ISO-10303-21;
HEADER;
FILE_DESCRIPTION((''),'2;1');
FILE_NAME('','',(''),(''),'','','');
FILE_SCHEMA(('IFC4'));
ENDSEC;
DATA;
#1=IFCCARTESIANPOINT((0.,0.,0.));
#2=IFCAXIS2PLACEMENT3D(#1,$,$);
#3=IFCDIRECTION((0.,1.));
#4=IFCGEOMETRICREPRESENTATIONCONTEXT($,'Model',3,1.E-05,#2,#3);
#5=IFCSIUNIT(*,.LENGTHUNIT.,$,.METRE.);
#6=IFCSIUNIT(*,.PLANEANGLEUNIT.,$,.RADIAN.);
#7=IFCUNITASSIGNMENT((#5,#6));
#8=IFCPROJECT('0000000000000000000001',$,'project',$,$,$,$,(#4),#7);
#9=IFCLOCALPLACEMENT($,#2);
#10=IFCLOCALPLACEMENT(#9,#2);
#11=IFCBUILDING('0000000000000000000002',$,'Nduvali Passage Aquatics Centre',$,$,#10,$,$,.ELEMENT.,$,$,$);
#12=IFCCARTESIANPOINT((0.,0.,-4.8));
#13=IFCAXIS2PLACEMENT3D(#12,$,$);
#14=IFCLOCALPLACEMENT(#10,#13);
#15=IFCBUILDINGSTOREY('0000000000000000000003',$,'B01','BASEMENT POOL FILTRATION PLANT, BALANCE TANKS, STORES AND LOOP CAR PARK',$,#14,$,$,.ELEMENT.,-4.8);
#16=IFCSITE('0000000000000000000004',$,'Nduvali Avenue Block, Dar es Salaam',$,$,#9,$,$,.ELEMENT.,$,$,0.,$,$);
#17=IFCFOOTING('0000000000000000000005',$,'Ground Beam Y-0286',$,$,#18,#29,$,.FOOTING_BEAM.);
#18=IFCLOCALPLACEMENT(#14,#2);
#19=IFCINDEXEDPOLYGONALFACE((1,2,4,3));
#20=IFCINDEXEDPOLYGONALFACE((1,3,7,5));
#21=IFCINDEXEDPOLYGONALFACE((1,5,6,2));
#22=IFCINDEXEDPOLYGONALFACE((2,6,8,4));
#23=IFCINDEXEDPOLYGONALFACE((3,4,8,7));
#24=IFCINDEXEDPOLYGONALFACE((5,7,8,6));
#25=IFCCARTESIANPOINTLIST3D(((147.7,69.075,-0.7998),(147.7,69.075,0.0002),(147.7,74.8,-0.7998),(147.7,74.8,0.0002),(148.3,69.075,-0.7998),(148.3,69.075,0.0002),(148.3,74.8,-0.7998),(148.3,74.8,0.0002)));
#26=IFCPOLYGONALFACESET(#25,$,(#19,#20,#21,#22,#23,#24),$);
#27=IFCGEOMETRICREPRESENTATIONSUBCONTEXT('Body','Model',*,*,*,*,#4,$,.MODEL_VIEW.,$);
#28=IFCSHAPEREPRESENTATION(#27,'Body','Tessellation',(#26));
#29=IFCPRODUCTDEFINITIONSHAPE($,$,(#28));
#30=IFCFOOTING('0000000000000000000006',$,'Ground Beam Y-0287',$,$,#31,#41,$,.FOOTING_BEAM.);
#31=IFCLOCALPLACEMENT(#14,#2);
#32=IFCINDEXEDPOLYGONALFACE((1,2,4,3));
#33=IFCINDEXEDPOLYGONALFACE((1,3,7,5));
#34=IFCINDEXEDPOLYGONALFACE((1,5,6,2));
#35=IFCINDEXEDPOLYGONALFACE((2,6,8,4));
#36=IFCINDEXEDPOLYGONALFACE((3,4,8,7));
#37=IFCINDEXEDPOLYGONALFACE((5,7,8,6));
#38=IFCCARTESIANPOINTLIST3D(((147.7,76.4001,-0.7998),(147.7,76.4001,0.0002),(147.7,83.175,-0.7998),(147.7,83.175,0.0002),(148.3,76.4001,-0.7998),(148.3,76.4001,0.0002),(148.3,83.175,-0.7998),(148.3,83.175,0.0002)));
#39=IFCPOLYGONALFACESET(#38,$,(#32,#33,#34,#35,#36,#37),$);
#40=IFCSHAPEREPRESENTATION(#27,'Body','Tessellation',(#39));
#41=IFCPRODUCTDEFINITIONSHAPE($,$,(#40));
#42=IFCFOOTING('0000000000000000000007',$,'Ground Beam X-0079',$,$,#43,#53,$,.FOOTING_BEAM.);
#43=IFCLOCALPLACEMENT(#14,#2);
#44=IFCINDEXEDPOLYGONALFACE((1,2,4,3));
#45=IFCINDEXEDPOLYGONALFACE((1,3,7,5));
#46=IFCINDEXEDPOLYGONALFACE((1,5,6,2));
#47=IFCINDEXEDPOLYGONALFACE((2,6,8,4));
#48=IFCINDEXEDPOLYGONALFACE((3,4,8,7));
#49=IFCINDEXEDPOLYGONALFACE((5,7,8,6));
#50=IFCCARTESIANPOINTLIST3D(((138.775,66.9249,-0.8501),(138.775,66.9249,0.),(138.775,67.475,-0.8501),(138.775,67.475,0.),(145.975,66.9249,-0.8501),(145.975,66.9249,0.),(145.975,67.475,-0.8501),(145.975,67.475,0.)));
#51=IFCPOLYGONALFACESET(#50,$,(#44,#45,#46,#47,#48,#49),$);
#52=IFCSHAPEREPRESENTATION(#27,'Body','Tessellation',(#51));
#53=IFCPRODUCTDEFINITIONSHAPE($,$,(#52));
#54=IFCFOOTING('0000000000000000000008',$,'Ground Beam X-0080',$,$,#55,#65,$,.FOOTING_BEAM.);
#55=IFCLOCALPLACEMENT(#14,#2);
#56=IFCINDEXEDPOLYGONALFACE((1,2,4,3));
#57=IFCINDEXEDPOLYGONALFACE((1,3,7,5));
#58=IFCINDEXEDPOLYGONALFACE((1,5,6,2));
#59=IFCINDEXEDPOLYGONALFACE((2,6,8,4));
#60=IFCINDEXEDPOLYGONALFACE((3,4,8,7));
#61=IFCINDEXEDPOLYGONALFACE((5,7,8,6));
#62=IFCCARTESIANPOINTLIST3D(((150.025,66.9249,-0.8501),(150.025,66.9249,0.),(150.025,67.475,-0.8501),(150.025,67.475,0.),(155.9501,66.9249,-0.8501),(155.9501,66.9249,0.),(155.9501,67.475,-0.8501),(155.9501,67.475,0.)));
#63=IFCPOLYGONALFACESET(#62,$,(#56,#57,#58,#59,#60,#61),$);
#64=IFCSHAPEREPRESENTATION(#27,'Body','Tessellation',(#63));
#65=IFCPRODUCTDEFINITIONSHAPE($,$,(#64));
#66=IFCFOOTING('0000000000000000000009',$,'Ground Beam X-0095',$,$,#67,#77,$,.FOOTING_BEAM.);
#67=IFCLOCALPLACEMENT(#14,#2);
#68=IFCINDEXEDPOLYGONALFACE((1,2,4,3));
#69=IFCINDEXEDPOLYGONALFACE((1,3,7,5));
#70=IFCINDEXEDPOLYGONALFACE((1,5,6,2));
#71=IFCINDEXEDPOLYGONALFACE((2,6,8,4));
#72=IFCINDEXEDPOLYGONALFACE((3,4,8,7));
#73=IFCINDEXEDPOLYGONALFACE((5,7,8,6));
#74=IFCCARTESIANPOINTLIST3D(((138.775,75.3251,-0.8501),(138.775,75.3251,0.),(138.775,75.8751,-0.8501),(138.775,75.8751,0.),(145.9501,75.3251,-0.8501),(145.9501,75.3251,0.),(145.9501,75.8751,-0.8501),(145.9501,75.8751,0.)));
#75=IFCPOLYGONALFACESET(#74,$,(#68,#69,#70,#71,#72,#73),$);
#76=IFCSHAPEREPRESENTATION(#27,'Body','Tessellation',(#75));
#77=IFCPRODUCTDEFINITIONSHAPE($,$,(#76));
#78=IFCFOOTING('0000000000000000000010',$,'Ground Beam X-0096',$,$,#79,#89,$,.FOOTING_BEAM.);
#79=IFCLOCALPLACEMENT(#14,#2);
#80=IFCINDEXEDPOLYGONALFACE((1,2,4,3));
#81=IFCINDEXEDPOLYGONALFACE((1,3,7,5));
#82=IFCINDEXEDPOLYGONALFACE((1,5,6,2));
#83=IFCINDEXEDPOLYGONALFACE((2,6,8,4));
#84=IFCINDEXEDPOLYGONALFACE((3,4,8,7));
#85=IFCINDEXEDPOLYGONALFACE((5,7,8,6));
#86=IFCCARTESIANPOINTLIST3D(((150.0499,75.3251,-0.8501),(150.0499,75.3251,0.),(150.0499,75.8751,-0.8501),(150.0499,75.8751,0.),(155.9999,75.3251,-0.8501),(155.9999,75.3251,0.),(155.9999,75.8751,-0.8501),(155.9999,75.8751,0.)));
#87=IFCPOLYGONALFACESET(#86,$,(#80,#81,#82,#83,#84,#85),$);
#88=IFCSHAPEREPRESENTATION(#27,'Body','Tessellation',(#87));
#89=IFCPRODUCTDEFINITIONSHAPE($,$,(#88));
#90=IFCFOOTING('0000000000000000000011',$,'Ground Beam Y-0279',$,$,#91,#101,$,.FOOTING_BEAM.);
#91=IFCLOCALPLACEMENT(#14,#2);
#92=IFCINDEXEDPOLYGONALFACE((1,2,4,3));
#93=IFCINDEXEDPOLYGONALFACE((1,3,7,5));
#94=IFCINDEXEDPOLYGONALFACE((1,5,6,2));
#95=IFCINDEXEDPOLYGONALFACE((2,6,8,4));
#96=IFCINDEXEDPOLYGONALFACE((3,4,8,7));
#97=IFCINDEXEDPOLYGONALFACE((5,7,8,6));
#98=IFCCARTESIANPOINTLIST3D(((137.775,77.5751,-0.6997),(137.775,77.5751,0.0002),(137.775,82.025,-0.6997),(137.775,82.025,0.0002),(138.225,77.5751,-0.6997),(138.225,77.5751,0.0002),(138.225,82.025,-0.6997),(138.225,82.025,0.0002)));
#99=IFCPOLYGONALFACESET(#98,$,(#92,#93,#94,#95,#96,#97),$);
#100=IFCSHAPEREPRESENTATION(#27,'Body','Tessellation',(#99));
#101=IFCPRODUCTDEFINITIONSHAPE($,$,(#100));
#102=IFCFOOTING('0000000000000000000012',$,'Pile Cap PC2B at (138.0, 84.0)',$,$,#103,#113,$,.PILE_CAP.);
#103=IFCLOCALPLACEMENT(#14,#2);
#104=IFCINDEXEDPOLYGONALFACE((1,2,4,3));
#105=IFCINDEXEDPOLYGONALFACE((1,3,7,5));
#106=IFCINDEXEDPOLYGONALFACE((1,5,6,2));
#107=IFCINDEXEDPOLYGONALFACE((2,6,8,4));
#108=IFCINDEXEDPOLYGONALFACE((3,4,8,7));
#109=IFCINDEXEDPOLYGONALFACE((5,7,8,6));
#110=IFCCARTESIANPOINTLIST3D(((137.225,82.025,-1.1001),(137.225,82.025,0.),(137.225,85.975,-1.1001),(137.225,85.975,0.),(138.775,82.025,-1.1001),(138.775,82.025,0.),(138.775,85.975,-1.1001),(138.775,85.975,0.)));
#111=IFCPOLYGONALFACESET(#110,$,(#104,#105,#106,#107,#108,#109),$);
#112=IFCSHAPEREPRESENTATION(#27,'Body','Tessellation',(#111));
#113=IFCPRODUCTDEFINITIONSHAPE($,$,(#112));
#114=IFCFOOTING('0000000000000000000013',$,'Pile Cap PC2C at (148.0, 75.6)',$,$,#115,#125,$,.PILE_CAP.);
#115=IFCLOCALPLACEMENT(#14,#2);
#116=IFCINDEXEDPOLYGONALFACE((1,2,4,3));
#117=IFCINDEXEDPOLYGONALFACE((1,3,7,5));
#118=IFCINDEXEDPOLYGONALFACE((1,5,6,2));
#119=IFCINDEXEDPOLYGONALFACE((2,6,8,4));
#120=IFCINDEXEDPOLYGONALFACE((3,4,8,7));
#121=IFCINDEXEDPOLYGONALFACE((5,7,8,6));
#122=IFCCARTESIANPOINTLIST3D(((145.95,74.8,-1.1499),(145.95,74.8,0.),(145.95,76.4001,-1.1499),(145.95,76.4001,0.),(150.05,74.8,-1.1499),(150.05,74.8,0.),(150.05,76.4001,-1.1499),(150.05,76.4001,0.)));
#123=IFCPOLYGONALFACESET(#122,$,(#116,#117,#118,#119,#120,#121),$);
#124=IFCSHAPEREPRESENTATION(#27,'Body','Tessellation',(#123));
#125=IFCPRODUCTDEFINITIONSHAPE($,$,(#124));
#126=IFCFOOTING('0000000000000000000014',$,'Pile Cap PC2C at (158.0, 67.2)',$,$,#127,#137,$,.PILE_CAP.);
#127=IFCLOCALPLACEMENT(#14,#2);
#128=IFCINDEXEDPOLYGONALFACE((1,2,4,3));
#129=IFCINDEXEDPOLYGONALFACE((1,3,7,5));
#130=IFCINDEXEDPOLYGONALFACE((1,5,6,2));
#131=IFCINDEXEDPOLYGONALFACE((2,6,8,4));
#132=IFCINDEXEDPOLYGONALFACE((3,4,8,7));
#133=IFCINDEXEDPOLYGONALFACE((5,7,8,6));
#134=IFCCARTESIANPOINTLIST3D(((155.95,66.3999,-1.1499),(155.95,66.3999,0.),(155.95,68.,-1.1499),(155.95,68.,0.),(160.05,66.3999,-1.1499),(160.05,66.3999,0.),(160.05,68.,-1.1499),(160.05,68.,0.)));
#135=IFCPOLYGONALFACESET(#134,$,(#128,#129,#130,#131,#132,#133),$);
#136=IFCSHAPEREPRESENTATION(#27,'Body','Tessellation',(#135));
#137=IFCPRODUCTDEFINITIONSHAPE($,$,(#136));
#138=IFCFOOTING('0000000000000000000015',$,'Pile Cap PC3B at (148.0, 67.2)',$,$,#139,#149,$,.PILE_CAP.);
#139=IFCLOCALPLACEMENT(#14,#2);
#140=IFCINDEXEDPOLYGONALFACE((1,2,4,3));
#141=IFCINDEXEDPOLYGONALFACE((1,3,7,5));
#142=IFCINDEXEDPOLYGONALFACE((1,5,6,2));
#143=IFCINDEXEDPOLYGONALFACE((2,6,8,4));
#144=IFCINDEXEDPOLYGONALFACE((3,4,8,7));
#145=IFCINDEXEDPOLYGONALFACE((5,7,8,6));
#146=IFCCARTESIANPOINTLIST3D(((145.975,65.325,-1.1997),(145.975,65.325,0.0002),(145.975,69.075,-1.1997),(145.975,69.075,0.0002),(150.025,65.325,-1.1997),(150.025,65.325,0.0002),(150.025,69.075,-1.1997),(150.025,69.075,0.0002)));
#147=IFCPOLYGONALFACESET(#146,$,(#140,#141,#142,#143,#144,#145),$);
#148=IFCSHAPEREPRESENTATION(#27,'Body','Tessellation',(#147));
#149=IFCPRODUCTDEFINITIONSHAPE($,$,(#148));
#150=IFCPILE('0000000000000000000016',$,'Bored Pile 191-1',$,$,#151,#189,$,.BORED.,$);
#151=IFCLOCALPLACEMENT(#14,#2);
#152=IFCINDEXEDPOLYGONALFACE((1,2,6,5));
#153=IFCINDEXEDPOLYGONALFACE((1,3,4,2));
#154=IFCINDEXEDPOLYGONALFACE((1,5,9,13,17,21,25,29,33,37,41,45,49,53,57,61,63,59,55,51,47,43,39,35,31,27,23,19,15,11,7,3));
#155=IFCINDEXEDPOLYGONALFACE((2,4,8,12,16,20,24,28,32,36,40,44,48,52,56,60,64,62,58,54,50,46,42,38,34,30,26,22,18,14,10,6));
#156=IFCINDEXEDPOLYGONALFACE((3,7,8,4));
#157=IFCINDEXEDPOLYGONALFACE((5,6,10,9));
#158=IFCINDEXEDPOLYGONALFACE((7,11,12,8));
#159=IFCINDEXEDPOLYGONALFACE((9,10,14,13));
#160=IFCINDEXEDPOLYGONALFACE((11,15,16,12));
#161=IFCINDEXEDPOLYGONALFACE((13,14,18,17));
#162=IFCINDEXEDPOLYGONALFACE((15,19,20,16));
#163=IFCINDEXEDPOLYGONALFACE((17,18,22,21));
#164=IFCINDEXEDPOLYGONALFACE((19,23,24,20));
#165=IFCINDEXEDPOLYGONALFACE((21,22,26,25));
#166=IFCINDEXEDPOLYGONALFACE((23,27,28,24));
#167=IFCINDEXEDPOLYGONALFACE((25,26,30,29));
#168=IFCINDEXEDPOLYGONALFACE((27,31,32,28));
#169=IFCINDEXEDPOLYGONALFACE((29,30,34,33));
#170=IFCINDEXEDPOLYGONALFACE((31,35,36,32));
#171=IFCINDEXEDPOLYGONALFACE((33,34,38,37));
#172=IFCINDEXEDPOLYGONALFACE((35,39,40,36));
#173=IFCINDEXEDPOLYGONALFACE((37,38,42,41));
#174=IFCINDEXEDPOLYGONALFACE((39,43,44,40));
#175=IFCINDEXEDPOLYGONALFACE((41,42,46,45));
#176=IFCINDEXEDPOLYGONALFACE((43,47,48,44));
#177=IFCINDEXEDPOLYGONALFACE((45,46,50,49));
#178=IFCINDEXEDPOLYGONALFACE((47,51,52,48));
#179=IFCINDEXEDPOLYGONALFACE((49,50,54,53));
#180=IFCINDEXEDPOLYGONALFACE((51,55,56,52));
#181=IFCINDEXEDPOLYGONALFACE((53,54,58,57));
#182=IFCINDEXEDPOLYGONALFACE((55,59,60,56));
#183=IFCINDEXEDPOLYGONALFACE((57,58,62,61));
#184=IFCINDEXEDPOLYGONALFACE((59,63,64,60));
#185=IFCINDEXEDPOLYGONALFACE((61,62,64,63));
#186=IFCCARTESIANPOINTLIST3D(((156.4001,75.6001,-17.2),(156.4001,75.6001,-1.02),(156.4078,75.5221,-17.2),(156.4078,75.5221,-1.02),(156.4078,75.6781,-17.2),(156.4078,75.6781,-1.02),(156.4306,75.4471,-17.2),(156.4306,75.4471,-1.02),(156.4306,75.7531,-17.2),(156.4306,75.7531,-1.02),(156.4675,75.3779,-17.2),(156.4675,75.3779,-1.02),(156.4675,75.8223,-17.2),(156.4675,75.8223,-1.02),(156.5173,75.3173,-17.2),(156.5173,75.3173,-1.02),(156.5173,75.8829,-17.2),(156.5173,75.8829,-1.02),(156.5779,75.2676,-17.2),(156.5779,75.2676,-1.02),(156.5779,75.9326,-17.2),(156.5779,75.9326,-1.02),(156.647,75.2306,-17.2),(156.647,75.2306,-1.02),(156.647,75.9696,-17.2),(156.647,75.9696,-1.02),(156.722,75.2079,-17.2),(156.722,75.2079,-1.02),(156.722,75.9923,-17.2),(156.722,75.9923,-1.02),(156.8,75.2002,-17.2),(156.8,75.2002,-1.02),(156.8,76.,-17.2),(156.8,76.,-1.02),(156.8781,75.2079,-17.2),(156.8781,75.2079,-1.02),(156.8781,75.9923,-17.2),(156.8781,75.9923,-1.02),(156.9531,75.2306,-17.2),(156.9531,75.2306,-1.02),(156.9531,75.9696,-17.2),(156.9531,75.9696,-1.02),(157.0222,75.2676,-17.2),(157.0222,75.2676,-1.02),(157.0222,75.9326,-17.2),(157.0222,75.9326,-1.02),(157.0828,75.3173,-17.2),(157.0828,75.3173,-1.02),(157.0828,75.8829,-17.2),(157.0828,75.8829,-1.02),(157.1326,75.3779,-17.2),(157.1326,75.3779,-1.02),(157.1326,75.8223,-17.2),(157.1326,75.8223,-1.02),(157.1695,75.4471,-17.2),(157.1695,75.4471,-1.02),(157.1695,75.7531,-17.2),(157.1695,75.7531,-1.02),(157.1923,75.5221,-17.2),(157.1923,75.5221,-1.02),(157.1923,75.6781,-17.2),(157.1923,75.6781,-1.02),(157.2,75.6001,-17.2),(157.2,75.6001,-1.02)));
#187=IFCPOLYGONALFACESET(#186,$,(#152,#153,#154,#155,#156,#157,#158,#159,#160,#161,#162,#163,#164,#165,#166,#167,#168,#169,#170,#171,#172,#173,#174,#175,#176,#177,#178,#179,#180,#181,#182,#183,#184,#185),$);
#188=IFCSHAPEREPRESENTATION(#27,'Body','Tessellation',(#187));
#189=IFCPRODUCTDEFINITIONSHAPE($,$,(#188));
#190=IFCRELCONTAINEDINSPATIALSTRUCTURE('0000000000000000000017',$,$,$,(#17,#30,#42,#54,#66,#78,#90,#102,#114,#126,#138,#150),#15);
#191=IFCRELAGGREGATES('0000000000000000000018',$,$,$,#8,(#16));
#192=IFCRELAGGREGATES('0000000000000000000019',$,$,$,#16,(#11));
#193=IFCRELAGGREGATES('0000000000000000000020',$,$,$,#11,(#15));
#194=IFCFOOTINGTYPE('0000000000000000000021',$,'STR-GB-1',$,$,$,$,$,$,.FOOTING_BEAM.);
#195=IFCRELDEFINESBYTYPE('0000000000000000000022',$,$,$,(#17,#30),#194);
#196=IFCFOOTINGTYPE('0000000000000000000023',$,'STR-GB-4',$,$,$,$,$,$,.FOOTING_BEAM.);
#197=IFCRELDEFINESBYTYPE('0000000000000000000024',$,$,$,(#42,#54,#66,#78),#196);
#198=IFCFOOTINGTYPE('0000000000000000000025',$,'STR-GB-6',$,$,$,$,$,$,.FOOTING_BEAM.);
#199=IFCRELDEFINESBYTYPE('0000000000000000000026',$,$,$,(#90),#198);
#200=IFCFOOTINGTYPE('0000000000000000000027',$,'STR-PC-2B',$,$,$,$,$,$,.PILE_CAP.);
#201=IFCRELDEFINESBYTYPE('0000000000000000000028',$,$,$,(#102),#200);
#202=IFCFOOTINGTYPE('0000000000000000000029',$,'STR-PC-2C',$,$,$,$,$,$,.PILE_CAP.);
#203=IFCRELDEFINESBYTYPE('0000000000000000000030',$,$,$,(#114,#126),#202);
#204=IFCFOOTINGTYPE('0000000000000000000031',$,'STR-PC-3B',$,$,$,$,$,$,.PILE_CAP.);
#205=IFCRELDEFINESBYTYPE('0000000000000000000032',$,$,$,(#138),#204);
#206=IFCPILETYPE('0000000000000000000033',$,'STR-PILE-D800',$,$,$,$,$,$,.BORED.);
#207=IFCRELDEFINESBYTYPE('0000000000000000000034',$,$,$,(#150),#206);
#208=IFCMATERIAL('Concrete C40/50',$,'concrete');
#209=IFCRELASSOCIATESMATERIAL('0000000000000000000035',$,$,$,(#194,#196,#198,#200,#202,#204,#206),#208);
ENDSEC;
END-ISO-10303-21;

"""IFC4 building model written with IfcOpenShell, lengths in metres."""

from ifc_helpers import new_model, si_unit, direction, frame, origin, origin_2d, place, context, subcontext, project, spatial, rectangle, circle, extrude, material, material_profile, profile_set, type_object, element, save


model = new_model("IFC4")

# Units and contexts
model_context = context("Model", 3, precision=1e-05, world=origin(), true_north=direction((0.0, 1.0)))
body_context = subcontext(model_context, "Body", "Model", "MODEL_VIEW")
ifc_project = project(units=[si_unit("LENGTHUNIT", "METRE"), si_unit("PLANEANGLEUNIT", "RADIAN")], contexts=[model_context])

# Site, building, storey
site_placement = place(None, origin())
site = spatial("IfcSite", under=ifc_project, at=site_placement, Name="Nduvali Avenue Block, Dar es Salaam", CompositionType="ELEMENT", RefElevation=0.0)
building_placement = place(site_placement, origin())
building = spatial("IfcBuilding", under=site, at=building_placement, Name="Nduvali Passage Aquatics Centre", CompositionType="ELEMENT")
storey_placement = place(building_placement, frame((0.0, 0.0, -4.8)))
storey = spatial("IfcBuildingStorey", under=building, at=storey_placement, Name="B01", Description="BASEMENT POOL FILTRATION PLANT, BALANCE TANKS, STORES AND LOOP CAR PARK", CompositionType="ELEMENT", Elevation=-4.8)

# Footings
ifc_material = material(Name="Concrete C40/50", Category="concrete")
footing_type_1 = type_object("IfcFootingType", Name="STR-GB-1", PredefinedType="FOOTING_BEAM", material=ifc_material)
footing_1_placement = place(storey_placement, frame((148.0, 71.9375, -0.7998), z_axis=(0.0, 0.0, 1.0), x_axis=(0.0, 1.0, 0.0)))
element("IfcFooting", 1, at=footing_1_placement, inside=storey, type_object=footing_type_1, Name="Ground Beam Y-0286", PredefinedType="FOOTING_BEAM", context=body_context, shape_type="SweptSolid", body=[
    extrude(rectangle(XDim=5.7251, YDim=0.6001, at=origin_2d()), origin(), (0.0, 0.0, 1.0), 0.8),
])
footing_2_placement = place(storey_placement, frame((148.0, 79.7876, -0.7998), z_axis=(0.0, 0.0, 1.0), x_axis=(0.0, 1.0, 0.0)))
element("IfcFooting", 2, at=footing_2_placement, inside=storey, type_object=footing_type_1, Name="Ground Beam Y-0287", PredefinedType="FOOTING_BEAM", context=body_context, shape_type="SweptSolid", body=[
    extrude(rectangle(XDim=6.7749, YDim=0.6001, at=origin_2d()), origin(), (0.0, 0.0, 1.0), 0.8),
])
footing_type_2 = type_object("IfcFootingType", Name="STR-GB-4", PredefinedType="FOOTING_BEAM", material=ifc_material)
footing_3_placement = place(storey_placement, frame((142.375, 67.2, -0.8501), z_axis=(0.0, 0.0, 1.0), x_axis=(1.0, 0.0, 0.0)))
element("IfcFooting", 3, at=footing_3_placement, inside=storey, type_object=footing_type_2, Name="Ground Beam X-0079", PredefinedType="FOOTING_BEAM", context=body_context, shape_type="SweptSolid", body=[
    extrude(rectangle(XDim=7.2, YDim=0.55, at=origin_2d()), origin(), (0.0, 0.0, 1.0), 0.8501),
])
footing_4_placement = place(storey_placement, frame((152.9875, 67.2, -0.8501), z_axis=(0.0, 0.0, 1.0), x_axis=(1.0, 0.0, 0.0)))
element("IfcFooting", 4, at=footing_4_placement, inside=storey, type_object=footing_type_2, Name="Ground Beam X-0080", PredefinedType="FOOTING_BEAM", context=body_context, shape_type="SweptSolid", body=[
    extrude(rectangle(XDim=5.925, YDim=0.55, at=origin_2d()), origin(), (0.0, 0.0, 1.0), 0.8501),
])
footing_5_placement = place(storey_placement, frame((142.3625, 75.6001, -0.8501), z_axis=(0.0, 0.0, 1.0), x_axis=(1.0, 0.0, 0.0)))
element("IfcFooting", 5, at=footing_5_placement, inside=storey, type_object=footing_type_2, Name="Ground Beam X-0095", PredefinedType="FOOTING_BEAM", context=body_context, shape_type="SweptSolid", body=[
    extrude(rectangle(XDim=7.175, YDim=0.55, at=origin_2d()), origin(), (0.0, 0.0, 1.0), 0.8501),
])
footing_6_placement = place(storey_placement, frame((153.0249, 75.6001, -0.8501), z_axis=(0.0, 0.0, 1.0), x_axis=(1.0, 0.0, 0.0)))
element("IfcFooting", 6, at=footing_6_placement, inside=storey, type_object=footing_type_2, Name="Ground Beam X-0096", PredefinedType="FOOTING_BEAM", context=body_context, shape_type="SweptSolid", body=[
    extrude(rectangle(XDim=5.95, YDim=0.55, at=origin_2d()), origin(), (0.0, 0.0, 1.0), 0.8501),
])
footing_type_3 = type_object("IfcFootingType", Name="STR-GB-6", PredefinedType="FOOTING_BEAM", material=ifc_material)
footing_7_placement = place(storey_placement, frame((138.0, 79.8, -0.6997), z_axis=(0.0, 0.0, 1.0), x_axis=(0.0, 1.0, 0.0)))
element("IfcFooting", 7, at=footing_7_placement, inside=storey, type_object=footing_type_3, Name="Ground Beam Y-0279", PredefinedType="FOOTING_BEAM", context=body_context, shape_type="SweptSolid", body=[
    extrude(rectangle(XDim=4.45, YDim=0.45, at=origin_2d()), origin(), (0.0, 0.0, 1.0), 0.7),
])
footing_type_4 = type_object("IfcFootingType", Name="STR-PC-2B", PredefinedType="PILE_CAP", material=ifc_material)
footing_8_placement = place(storey_placement, frame((138.0, 84.0, -1.1001), z_axis=(0.0, 0.0, 1.0), x_axis=(1.0, 0.0, 0.0)))
element("IfcFooting", 8, at=footing_8_placement, inside=storey, type_object=footing_type_4, Name="Pile Cap PC2B at (138.0, 84.0)", PredefinedType="PILE_CAP", context=body_context, shape_type="SweptSolid", body=[
    extrude(rectangle(XDim=1.55, YDim=3.95, at=origin_2d()), origin(), (0.0, 0.0, 1.0), 1.1001),
])
footing_type_5 = type_object("IfcFootingType", Name="STR-PC-2C", PredefinedType="PILE_CAP", material=ifc_material)
for number, where, z_axis, x_axis, name in (
    (9, (148.0, 75.6001, -1.1499), (0.0, 0.0, 1.0), (1.0, 0.0, 0.0), "Pile Cap PC2C at (148.0, 75.6)"),
    (10, (158.0, 67.2, -1.1499), (0.0, 0.0, 1.0), (1.0, 0.0, 0.0), "Pile Cap PC2C at (158.0, 67.2)"),
):
    element("IfcFooting", number, at=place(storey_placement, frame(where, z_axis=z_axis, x_axis=x_axis)), inside=storey, type_object=footing_type_5, Name=name, PredefinedType="PILE_CAP", context=body_context, shape_type="SweptSolid", body=[
        extrude(rectangle(XDim=4.1001, YDim=1.6001, at=origin_2d()), origin(), (0.0, 0.0, 1.0), 1.1499),
    ])
footing_type_6 = type_object("IfcFootingType", Name="STR-PC-3B", PredefinedType="PILE_CAP", material=ifc_material)
footing_9_placement = place(storey_placement, frame((148.0, 67.2, -1.1997), z_axis=(0.0, 0.0, 1.0), x_axis=(1.0, 0.0, 0.0)))
element("IfcFooting", 11, at=footing_9_placement, inside=storey, type_object=footing_type_6, Name="Pile Cap PC3B at (148.0, 67.2)", PredefinedType="PILE_CAP", context=body_context, shape_type="SweptSolid", body=[
    extrude(rectangle(XDim=4.05, YDim=3.75, at=origin_2d()), origin(), (0.0, 0.0, 1.0), 1.2),
])

# Pile
ifc_material_profile_1 = material_profile(ifc_material, circle(Radius=0.3999, at=origin_2d()), Name="PILE D800")
ifc_profile_set_1 = profile_set([ifc_material_profile_1], Name="Concrete C40/50")
pile_type_1 = type_object("IfcPileType", Name="STR-PILE-D800", PredefinedType="BORED", material=ifc_profile_set_1)
pile_1_placement = place(storey_placement, frame((156.8, 75.6001, -1.02), z_axis=(0.0, 0.0, -1.0), x_axis=(1.0, 0.0, 0.0)))
element("IfcPile", 12, at=pile_1_placement, inside=storey, type_object=pile_type_1, Name="Bored Pile 191-1", PredefinedType="BORED", context=body_context, shape_type="SweptSolid", body=[
    extrude(circle(Radius=0.3999, at=origin_2d()), origin(), (0.0, 0.0, 1.0), 16.1799),
])

save(model, "model.ifc")
